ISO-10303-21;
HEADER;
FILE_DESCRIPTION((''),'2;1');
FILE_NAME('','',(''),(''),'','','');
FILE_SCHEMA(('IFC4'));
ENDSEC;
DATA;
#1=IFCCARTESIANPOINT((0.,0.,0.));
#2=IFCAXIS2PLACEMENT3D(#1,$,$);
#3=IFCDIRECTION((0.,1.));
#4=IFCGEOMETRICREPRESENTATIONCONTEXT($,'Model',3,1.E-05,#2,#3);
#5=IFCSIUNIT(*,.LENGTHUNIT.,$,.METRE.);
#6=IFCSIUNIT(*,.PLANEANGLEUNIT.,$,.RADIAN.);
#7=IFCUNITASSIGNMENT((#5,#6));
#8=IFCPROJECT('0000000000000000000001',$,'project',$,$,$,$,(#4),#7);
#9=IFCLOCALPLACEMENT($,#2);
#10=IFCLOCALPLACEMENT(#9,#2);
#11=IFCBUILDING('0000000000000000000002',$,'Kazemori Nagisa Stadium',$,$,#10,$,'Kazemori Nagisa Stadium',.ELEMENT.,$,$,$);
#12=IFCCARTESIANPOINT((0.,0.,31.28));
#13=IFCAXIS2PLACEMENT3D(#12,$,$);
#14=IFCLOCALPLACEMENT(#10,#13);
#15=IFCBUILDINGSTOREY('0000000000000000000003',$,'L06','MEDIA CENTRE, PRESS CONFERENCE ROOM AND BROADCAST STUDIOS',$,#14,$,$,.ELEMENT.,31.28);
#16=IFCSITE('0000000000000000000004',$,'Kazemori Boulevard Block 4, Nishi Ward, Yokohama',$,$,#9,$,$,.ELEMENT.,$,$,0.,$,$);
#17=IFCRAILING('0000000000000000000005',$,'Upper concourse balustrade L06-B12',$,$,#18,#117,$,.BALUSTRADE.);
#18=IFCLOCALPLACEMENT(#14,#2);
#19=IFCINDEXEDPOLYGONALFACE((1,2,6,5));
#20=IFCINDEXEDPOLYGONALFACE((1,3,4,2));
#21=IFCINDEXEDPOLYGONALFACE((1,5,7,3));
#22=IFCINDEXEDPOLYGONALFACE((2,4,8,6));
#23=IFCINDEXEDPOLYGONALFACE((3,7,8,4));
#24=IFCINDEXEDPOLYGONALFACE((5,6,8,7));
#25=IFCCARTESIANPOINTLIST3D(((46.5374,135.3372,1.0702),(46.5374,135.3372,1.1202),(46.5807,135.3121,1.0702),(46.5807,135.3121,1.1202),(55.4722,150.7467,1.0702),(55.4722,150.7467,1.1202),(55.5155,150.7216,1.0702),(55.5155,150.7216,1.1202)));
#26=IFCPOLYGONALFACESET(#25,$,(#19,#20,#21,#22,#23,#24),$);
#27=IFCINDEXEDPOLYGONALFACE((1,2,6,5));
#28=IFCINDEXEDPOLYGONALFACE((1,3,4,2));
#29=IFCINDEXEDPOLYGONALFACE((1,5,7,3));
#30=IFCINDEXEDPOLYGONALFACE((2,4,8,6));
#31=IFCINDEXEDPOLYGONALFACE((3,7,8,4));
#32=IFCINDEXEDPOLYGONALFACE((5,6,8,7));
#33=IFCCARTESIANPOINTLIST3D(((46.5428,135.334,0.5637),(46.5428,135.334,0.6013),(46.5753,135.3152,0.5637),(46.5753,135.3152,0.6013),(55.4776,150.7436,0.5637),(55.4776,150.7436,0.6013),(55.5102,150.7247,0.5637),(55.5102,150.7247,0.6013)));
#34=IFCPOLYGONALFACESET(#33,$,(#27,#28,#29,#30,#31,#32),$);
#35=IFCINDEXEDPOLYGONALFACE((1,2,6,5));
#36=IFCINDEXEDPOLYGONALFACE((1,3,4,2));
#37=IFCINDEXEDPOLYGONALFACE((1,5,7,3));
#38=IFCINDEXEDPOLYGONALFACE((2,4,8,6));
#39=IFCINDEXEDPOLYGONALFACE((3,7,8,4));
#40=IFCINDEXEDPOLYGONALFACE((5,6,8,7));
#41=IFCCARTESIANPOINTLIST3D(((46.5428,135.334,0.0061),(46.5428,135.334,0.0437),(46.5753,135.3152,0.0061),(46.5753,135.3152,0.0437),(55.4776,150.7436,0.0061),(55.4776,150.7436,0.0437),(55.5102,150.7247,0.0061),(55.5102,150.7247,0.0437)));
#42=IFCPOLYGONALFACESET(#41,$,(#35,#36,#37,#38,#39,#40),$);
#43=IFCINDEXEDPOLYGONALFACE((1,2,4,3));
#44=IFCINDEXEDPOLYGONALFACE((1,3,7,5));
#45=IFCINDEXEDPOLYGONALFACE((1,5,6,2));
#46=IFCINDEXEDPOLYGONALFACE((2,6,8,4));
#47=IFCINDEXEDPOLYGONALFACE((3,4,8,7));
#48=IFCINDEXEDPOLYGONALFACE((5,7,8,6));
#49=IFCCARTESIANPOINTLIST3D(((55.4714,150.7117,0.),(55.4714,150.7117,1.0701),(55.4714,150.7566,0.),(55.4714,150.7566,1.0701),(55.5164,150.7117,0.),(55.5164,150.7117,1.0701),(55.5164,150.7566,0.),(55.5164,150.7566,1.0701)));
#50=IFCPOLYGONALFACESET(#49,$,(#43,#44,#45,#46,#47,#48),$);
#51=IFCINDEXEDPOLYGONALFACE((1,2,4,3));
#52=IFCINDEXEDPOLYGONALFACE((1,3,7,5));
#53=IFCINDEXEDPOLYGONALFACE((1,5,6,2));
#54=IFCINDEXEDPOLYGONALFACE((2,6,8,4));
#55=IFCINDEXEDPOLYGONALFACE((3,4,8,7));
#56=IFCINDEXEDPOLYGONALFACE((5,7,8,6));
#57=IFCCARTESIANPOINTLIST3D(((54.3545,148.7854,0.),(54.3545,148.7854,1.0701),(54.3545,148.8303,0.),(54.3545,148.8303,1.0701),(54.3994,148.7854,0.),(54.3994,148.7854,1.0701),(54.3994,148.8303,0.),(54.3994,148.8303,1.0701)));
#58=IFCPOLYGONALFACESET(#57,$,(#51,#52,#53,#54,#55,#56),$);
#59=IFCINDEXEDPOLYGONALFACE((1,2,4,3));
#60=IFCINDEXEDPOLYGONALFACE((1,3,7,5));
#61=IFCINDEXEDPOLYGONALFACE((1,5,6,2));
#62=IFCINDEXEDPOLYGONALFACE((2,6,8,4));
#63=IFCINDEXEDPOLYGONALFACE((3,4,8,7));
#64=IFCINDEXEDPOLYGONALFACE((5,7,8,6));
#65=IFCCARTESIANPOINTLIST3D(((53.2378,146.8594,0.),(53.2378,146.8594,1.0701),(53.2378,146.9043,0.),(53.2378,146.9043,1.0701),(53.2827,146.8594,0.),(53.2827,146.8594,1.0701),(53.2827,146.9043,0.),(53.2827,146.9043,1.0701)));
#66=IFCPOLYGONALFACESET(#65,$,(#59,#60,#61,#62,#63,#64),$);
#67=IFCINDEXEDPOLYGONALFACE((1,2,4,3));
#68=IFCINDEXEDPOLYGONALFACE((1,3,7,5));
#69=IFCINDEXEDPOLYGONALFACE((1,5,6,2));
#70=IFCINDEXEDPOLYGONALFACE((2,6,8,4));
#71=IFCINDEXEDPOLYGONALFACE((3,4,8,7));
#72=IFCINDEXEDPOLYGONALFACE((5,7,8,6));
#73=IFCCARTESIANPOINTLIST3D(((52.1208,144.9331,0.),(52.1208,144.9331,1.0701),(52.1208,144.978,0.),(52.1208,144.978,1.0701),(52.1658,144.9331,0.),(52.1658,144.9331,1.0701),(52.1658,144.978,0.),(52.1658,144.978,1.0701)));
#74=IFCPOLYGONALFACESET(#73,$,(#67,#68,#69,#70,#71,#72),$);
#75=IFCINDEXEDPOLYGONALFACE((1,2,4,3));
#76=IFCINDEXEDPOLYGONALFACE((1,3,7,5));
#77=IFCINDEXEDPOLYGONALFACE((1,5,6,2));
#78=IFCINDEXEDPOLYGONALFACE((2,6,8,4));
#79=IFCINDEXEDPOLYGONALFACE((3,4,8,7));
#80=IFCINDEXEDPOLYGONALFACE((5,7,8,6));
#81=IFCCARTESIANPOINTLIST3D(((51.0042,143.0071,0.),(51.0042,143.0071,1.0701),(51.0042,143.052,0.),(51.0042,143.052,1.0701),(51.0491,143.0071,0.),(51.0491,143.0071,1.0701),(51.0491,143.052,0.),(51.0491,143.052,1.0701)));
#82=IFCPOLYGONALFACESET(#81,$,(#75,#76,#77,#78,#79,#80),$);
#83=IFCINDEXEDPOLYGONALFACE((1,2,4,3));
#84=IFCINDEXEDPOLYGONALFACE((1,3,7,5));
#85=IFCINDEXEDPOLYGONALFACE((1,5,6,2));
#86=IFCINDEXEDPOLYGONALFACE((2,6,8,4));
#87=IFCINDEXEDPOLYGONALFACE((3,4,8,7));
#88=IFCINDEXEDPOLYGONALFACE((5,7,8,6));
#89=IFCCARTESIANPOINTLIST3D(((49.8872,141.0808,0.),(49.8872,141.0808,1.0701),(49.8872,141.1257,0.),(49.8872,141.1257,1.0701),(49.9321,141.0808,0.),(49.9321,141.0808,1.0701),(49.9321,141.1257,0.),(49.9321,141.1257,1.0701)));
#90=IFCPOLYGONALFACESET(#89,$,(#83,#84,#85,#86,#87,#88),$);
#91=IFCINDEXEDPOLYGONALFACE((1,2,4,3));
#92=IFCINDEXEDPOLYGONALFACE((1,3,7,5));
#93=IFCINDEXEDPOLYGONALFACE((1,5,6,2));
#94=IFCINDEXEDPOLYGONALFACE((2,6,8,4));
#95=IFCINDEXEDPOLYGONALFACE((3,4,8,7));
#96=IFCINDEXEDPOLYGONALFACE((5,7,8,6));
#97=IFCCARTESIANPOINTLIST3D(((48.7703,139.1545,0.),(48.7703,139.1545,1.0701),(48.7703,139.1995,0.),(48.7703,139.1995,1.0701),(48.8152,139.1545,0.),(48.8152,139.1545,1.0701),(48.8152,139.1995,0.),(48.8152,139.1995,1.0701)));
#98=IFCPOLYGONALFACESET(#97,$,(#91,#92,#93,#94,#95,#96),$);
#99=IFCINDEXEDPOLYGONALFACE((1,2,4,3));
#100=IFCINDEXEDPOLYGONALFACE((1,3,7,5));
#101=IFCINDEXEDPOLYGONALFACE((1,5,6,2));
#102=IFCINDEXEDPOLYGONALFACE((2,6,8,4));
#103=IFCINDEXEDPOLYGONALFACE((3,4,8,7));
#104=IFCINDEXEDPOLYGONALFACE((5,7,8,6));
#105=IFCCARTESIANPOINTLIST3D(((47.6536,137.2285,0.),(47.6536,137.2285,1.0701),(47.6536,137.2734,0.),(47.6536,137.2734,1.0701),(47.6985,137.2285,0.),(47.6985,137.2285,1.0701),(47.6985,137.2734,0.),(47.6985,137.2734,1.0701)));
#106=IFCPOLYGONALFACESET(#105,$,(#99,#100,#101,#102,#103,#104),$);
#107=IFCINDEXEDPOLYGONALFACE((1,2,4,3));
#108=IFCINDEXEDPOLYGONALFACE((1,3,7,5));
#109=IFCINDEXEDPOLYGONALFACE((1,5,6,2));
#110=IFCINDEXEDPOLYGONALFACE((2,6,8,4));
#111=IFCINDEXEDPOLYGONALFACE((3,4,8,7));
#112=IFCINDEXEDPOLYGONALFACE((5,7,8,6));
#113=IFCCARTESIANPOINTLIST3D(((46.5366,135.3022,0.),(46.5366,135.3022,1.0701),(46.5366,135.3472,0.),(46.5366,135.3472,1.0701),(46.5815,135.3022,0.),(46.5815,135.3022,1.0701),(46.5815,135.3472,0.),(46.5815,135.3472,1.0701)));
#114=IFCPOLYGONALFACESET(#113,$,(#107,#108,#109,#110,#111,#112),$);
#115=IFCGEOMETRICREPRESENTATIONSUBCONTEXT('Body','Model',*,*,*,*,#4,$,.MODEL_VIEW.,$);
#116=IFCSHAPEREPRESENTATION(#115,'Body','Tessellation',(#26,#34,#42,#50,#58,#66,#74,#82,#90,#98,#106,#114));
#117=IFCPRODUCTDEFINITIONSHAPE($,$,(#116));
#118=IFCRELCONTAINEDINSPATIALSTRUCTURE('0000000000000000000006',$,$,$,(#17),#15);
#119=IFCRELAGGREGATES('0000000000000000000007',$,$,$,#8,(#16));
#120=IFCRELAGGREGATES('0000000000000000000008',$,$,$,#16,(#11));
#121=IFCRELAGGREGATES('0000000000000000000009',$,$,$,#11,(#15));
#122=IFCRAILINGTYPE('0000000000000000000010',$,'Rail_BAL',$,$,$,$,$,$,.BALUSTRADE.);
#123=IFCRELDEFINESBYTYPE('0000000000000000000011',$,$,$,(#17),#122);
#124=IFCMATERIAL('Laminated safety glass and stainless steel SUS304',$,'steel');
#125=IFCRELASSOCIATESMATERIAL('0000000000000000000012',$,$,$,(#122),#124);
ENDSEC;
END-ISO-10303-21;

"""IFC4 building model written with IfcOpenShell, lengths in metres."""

from ifc_helpers import new_model, si_unit, direction, frame, origin, origin_2d, place, context, subcontext, project, spatial, rectangle, extrude, material, type_object, element, save


model = new_model("IFC4")

# Units and contexts
model_context = context("Model", 3, precision=1e-05, world=origin(), true_north=direction((0.0, 1.0)))
body_context = subcontext(model_context, "Body", "Model", "MODEL_VIEW")
ifc_project = project(units=[si_unit("LENGTHUNIT", "METRE"), si_unit("PLANEANGLEUNIT", "RADIAN")], contexts=[model_context])

# Site, building, storey
site_placement = place(None, origin())
site = spatial("IfcSite", under=ifc_project, at=site_placement, Name="Kazemori Boulevard Block 4, Nishi Ward, Yokohama", CompositionType="ELEMENT", RefElevation=0.0)
building_placement = place(site_placement, origin())
building = spatial("IfcBuilding", under=site, at=building_placement, Name="Kazemori Nagisa Stadium", LongName="Kazemori Nagisa Stadium", CompositionType="ELEMENT")
storey_placement = place(building_placement, frame((0.0, 0.0, 31.28)))
storey = spatial("IfcBuildingStorey", under=building, at=storey_placement, Name="L06", Description="MEDIA CENTRE, PRESS CONFERENCE ROOM AND BROADCAST STUDIOS", CompositionType="ELEMENT", Elevation=31.28)

# Railing
ifc_material_1 = material(Name="Laminated safety glass and stainless steel SUS304", Category="steel")
railing_type_1 = type_object("IfcRailingType", Name="Rail_BAL", PredefinedType="BALUSTRADE", material=ifc_material_1)
railing_1_placement = place(storey_placement, frame((55.4939, 150.7341, 0.0)))
element("IfcRailing", 1, at=railing_1_placement, inside=storey, type_object=railing_type_1, Name="Upper concourse balustrade L06-B12", PredefinedType="BALUSTRADE", context=body_context, shape_type="SweptSolid", body=[
    extrude(rectangle(XDim=0.05, YDim=0.05, at=origin_2d()), frame((0.0, 0.0, 1.0952), z_axis=(-0.501607, -0.865096, 0.0), x_axis=(0.865096, -0.501607, 0.0)), (0.0, 0.0, 1.0), 17.8125),
    extrude(rectangle(XDim=0.0376, YDim=0.0376, at=origin_2d()), frame((0.0, 0.0, 0.5825), z_axis=(-0.501607, -0.865096, 0.0), x_axis=(0.865096, -0.501607, 0.0)), (0.0, 0.0, 1.0), 17.8125),
    extrude(rectangle(XDim=0.0376, YDim=0.0376, at=origin_2d()), frame((0.0, 0.0, 0.0249), z_axis=(-0.501607, -0.865096, 0.0), x_axis=(0.865096, -0.501607, 0.0)), (0.0, 0.0, 1.0), 17.8125),
    extrude(rectangle(XDim=0.0449, YDim=0.0449, at=origin_2d()), origin(), (0.0, 0.0, 1.0), 1.0701),
    extrude(rectangle(XDim=0.0449, YDim=0.0449, at=origin_2d()), frame((-1.1169, -1.9263, 0.0)), (0.0, 0.0, 1.0), 1.0701),
    extrude(rectangle(XDim=0.0449, YDim=0.0449, at=origin_2d()), frame((-2.2336, -3.8523, 0.0)), (0.0, 0.0, 1.0), 1.0701),
    extrude(rectangle(XDim=0.0449, YDim=0.0449, at=origin_2d()), frame((-3.3506, -5.7786, 0.0)), (0.0, 0.0, 1.0), 1.0701),
    extrude(rectangle(XDim=0.0449, YDim=0.0449, at=origin_2d()), frame((-4.4673, -7.7046, 0.0)), (0.0, 0.0, 1.0), 1.0701),
    extrude(rectangle(XDim=0.0449, YDim=0.0449, at=origin_2d()), frame((-5.5842, -9.6309, 0.0)), (0.0, 0.0, 1.0), 1.0701),
    extrude(rectangle(XDim=0.0449, YDim=0.0449, at=origin_2d()), frame((-6.7012, -11.5571, 0.0)), (0.0, 0.0, 1.0), 1.0701),
    extrude(rectangle(XDim=0.0449, YDim=0.0449, at=origin_2d()), frame((-7.8179, -13.4832, 0.0)), (0.0, 0.0, 1.0), 1.0701),
    extrude(rectangle(XDim=0.0449, YDim=0.0449, at=origin_2d()), frame((-8.9348, -15.4094, 0.0)), (0.0, 0.0, 1.0), 1.0701),
])

save(model, "model.ifc")
